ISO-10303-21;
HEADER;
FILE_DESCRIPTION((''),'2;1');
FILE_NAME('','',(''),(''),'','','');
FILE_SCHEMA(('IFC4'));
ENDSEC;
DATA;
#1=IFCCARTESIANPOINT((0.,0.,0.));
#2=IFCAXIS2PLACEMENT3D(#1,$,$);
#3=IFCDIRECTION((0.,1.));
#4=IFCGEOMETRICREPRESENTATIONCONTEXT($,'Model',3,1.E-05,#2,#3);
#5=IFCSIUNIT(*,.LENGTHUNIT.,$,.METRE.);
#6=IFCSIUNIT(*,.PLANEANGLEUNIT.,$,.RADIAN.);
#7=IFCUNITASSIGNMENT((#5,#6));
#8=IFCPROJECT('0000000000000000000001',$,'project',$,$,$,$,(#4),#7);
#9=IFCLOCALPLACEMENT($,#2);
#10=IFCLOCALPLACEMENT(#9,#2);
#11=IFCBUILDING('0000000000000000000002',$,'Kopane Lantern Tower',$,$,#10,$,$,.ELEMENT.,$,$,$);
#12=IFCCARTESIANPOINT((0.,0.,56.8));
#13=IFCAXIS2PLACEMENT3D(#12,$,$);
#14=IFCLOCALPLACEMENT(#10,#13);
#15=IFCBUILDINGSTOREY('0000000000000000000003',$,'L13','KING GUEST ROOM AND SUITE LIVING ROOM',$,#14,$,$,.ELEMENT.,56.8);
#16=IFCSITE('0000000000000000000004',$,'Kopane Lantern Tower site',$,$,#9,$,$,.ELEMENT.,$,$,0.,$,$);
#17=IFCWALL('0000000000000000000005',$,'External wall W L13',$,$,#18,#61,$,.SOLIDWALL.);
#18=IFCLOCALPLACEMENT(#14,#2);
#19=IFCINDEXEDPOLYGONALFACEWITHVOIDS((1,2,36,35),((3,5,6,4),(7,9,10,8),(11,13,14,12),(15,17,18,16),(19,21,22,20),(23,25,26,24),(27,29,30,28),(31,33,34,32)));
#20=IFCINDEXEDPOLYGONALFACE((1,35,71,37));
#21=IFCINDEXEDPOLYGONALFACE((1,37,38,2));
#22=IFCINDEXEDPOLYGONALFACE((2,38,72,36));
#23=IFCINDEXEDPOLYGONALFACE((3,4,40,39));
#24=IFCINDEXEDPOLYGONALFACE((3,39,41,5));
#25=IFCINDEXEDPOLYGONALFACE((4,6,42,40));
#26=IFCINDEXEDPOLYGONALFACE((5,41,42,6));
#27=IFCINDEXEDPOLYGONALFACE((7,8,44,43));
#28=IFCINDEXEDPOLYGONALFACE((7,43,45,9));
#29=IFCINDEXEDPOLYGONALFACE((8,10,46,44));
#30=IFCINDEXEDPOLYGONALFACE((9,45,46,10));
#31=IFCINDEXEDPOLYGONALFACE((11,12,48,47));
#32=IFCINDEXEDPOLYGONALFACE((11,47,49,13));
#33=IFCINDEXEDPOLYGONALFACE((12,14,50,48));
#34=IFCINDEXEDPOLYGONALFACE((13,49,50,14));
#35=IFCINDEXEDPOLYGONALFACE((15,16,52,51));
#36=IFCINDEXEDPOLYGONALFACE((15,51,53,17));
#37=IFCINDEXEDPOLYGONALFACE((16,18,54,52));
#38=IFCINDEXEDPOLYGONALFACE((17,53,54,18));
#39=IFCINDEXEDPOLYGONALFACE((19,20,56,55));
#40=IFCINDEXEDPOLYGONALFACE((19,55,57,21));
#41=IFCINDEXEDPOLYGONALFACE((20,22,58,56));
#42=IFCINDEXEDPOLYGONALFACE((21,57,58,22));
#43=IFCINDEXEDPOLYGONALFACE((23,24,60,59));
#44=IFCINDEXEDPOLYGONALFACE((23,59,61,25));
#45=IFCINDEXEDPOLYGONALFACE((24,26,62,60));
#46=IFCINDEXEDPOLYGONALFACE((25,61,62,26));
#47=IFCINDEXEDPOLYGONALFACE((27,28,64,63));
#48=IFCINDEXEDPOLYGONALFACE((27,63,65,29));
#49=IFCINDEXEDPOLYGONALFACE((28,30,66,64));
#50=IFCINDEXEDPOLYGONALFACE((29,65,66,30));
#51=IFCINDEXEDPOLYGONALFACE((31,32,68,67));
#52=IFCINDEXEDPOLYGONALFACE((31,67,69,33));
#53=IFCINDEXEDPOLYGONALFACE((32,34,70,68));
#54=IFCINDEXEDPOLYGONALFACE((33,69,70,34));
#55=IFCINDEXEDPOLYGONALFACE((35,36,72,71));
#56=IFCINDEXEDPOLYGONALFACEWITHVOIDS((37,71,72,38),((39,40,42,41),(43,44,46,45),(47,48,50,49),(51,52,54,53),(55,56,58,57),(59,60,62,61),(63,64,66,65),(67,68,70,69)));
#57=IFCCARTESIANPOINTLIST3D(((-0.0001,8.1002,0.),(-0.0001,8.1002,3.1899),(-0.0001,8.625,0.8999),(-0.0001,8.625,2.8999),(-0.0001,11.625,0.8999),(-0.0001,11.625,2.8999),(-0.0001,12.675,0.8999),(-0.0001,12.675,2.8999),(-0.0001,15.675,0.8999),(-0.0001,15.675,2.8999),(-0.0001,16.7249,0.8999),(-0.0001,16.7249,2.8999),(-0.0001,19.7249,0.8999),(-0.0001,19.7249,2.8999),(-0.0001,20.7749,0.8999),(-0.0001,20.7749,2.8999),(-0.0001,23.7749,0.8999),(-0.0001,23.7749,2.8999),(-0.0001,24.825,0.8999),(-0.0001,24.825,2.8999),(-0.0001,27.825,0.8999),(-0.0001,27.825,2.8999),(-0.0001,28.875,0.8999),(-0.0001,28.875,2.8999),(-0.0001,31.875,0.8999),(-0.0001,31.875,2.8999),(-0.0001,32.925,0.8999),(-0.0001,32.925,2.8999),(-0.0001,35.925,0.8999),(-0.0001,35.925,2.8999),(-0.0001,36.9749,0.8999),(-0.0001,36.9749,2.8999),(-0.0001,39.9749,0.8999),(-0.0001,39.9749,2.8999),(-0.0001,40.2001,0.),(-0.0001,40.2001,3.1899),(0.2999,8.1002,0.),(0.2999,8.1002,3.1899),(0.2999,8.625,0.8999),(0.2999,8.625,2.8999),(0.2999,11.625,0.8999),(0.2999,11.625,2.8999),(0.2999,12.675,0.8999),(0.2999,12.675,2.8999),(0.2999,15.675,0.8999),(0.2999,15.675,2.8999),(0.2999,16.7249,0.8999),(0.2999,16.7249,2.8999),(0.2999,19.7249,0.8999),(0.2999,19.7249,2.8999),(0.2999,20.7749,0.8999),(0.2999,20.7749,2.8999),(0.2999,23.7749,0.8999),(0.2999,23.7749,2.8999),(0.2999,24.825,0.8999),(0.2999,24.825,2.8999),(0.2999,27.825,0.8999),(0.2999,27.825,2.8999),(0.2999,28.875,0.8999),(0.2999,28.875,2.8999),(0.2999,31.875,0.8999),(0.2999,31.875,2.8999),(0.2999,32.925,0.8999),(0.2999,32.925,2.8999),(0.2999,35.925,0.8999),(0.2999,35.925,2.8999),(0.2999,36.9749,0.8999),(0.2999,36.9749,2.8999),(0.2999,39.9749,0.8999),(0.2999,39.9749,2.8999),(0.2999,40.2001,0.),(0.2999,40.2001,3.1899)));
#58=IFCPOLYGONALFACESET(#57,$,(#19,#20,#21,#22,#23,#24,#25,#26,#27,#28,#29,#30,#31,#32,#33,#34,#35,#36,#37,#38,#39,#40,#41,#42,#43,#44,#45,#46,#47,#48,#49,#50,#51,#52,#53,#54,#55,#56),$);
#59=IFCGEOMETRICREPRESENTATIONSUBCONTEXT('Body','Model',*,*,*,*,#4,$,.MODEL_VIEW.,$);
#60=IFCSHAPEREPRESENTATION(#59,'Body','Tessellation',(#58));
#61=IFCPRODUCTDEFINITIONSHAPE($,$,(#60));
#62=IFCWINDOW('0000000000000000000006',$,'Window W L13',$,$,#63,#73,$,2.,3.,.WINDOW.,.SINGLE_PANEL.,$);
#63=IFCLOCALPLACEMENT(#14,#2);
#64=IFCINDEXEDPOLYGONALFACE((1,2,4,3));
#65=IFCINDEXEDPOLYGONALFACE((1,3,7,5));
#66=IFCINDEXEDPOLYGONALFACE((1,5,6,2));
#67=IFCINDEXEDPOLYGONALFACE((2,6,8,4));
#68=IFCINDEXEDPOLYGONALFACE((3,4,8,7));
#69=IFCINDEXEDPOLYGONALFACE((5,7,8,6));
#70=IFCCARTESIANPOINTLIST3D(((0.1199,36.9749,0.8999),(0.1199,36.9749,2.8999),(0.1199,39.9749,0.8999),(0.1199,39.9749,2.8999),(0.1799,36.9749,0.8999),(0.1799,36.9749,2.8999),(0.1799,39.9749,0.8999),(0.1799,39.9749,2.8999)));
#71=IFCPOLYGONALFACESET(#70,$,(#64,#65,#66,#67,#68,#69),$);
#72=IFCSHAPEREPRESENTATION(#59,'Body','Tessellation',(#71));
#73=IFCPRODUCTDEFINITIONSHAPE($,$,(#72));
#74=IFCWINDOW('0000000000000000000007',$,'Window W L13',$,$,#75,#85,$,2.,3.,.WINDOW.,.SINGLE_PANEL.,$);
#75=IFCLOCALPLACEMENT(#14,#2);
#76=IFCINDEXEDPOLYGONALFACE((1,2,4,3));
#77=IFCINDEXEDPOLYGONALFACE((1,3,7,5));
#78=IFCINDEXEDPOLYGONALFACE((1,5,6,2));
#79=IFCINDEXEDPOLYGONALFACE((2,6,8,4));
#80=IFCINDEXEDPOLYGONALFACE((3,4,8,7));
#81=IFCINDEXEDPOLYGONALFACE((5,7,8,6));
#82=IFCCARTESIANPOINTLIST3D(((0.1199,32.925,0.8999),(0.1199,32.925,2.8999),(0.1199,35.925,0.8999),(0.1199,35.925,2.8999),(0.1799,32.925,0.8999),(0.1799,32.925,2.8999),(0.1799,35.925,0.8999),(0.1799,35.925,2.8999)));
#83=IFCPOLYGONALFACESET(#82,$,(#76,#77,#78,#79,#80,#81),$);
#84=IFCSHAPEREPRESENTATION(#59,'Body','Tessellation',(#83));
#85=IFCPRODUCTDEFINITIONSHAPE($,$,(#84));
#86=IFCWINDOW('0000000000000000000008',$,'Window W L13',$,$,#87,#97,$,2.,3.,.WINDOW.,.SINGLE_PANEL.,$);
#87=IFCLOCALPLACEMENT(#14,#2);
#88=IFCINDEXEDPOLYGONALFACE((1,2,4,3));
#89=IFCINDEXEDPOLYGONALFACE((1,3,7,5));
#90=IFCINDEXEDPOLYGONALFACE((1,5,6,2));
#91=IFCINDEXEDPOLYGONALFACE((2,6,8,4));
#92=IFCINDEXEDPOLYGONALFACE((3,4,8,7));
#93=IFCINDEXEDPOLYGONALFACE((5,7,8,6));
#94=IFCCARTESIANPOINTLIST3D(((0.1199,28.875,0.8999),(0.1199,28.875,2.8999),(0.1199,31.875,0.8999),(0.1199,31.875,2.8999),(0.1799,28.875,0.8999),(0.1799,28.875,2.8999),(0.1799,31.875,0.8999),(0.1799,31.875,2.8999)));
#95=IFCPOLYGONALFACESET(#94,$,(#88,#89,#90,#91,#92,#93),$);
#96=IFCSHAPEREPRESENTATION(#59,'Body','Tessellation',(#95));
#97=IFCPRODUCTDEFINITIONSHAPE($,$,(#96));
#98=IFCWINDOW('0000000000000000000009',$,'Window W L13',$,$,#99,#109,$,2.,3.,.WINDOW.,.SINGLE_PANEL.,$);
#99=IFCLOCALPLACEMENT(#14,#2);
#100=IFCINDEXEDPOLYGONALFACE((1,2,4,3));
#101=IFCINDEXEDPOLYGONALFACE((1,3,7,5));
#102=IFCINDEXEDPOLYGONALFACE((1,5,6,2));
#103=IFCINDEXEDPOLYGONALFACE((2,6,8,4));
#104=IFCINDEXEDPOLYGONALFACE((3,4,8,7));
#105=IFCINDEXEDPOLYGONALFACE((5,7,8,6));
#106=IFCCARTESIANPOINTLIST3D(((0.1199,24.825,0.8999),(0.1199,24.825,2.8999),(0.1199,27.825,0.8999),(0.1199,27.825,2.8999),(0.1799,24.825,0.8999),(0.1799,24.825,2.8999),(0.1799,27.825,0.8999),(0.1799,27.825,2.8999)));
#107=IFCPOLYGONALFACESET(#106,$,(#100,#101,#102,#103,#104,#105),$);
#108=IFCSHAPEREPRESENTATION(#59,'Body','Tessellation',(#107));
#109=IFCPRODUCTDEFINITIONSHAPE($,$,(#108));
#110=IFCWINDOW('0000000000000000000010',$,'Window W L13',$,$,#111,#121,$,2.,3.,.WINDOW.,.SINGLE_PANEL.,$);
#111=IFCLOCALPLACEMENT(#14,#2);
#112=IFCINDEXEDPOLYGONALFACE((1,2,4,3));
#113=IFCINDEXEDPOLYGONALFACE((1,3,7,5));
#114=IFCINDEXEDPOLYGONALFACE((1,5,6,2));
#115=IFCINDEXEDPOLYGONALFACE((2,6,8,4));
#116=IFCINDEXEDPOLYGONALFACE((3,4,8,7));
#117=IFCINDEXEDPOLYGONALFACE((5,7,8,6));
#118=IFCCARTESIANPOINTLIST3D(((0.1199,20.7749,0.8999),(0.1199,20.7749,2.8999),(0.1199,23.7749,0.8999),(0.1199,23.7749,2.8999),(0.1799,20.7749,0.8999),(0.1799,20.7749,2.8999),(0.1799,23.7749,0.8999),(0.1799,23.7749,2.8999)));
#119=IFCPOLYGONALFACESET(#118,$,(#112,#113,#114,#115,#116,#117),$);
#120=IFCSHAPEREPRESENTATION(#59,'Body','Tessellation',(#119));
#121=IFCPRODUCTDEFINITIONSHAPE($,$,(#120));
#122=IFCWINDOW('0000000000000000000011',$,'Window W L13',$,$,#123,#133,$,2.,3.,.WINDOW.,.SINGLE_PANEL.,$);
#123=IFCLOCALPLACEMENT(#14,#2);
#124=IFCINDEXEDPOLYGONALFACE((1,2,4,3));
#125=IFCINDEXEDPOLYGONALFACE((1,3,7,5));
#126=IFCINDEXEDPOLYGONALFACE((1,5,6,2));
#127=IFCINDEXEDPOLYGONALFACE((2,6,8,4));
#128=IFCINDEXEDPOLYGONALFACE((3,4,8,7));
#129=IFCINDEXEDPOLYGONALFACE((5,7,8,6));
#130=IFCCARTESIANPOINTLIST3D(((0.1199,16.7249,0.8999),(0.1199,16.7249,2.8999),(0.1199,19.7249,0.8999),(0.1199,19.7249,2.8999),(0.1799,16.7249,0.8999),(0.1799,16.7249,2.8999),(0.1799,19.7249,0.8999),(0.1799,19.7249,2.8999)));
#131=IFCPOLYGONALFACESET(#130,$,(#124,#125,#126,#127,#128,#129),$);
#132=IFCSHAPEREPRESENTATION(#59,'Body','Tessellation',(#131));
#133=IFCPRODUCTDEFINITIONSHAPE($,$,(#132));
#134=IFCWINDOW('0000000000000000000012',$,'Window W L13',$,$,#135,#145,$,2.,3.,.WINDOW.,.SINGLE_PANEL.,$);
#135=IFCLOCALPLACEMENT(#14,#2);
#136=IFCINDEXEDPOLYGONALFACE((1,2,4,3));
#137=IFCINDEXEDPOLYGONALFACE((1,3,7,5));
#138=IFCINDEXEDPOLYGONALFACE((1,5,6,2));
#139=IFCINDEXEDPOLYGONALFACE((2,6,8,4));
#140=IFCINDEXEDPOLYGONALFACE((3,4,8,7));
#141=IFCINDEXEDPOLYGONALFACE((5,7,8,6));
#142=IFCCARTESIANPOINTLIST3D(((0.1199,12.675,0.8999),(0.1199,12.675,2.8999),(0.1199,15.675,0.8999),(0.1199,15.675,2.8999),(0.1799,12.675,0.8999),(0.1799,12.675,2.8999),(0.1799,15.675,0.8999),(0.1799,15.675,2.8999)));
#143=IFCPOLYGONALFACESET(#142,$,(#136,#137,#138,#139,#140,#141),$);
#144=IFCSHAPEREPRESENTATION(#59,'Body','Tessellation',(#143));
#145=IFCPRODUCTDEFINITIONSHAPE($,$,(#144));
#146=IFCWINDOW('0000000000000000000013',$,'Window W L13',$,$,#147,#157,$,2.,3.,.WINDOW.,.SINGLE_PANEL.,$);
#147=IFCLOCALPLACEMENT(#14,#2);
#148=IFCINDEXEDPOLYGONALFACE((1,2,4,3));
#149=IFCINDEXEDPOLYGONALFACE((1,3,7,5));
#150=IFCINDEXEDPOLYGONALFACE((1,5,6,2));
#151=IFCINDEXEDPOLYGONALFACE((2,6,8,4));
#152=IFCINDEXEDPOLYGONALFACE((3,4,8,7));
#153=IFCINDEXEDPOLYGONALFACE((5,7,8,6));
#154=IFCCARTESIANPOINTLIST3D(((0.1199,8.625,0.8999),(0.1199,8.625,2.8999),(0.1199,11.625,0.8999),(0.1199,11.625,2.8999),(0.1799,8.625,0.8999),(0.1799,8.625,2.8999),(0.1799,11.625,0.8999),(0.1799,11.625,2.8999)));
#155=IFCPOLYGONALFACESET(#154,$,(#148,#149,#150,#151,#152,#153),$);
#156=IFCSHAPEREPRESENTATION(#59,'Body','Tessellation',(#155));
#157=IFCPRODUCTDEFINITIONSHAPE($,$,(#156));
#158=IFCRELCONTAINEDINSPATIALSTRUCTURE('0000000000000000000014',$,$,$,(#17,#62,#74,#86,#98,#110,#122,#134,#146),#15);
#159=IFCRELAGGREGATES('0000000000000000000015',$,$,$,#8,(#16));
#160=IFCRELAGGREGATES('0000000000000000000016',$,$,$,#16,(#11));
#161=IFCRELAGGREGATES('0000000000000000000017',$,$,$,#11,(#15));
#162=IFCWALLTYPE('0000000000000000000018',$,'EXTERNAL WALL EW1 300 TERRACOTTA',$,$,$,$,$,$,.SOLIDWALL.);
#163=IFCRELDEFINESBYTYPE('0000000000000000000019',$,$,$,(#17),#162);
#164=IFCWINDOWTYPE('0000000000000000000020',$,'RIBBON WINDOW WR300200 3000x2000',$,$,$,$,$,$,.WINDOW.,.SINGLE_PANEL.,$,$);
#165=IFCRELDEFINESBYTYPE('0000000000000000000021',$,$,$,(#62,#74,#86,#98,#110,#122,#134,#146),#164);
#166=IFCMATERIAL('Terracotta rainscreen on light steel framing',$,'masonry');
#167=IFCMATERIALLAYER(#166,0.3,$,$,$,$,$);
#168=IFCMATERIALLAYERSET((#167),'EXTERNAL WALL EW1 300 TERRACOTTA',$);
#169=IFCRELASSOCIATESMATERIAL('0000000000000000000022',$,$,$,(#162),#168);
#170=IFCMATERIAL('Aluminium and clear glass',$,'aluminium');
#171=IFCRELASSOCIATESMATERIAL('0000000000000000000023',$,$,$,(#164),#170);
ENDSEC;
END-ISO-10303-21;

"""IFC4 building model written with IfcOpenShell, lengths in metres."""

from ifc_helpers import new_model, si_unit, direction, frame, frame_2d, origin, place, context, subcontext, project, spatial, rectangle, extrude, material, layer, layer_set, type_object, element, fill, save


model = new_model("IFC4")

# Units and contexts
model_context = context("Model", 3, precision=1e-05, world=origin(), true_north=direction((0.0, 1.0)))
body_context = subcontext(model_context, "Body", "Model", "MODEL_VIEW")
ifc_project = project(units=[si_unit("LENGTHUNIT", "METRE"), si_unit("PLANEANGLEUNIT", "RADIAN")], contexts=[model_context])

# Site, building, storey
site_placement = place(None, origin())
site = spatial("IfcSite", under=ifc_project, at=site_placement, Name="Kopane Lantern Tower site", CompositionType="ELEMENT", RefElevation=0.0)
building_placement = place(site_placement, origin())
building = spatial("IfcBuilding", under=site, at=building_placement, Name="Kopane Lantern Tower", CompositionType="ELEMENT")
storey_placement = place(building_placement, frame((0.0, 0.0, 56.8)))
storey = spatial("IfcBuildingStorey", under=building, at=storey_placement, Name="L13", Description="KING GUEST ROOM AND SUITE LIVING ROOM", CompositionType="ELEMENT", Elevation=56.8)

# Wall, openings, windows
ifc_material_1 = material(Name="Terracotta rainscreen on light steel framing", Category="masonry")
ifc_layer_1 = layer(ifc_material_1, 0.3)
ifc_layer_set_1 = layer_set([ifc_layer_1], Name="EXTERNAL WALL EW1 300 TERRACOTTA")
wall_type_1 = type_object("IfcWallType", Name="EXTERNAL WALL EW1 300 TERRACOTTA", PredefinedType="SOLIDWALL", material=ifc_layer_set_1)
wall_1_placement = place(storey_placement, frame((0.1499, 40.2, 0.0), z_axis=(0.0, 0.0, 1.0), x_axis=(0.0, -1.0, 0.0)))
wall_1 = element("IfcWall", 1, at=wall_1_placement, inside=storey, type_object=wall_type_1, Name="External wall W L13", PredefinedType="SOLIDWALL", context=body_context, shape_type="SweptSolid", body=[
    extrude(rectangle(XDim=32.0999, YDim=0.3, at=frame_2d((16.0498, 0.0))), origin(), (0.0, 0.0, 1.0), 3.1899),
])
opening_1_placement = place(wall_1_placement, frame((0.2251, 0.0, 0.8999)))
opening_1 = element("IfcOpeningElement", 2, at=opening_1_placement, cuts=wall_1, PredefinedType="OPENING", context=body_context, shape_type="SweptSolid", body=[
    extrude(rectangle(XDim=3.0, YDim=2.0, at=frame_2d((1.5, 1.0))), frame((0.0, 0.1599, 0.0), z_axis=(0.0, -1.0, 0.0), x_axis=(1.0, 0.0, 0.0)), (0.0, 0.0, 1.0), 0.3201),
])
opening_2_placement = place(wall_1_placement, frame((4.2749, 0.0, 0.8999)))
opening_2 = element("IfcOpeningElement", 3, at=opening_2_placement, cuts=wall_1, PredefinedType="OPENING", context=body_context, shape_type="SweptSolid", body=[
    extrude(rectangle(XDim=3.0, YDim=2.0, at=frame_2d((1.5, 1.0))), frame((0.0, 0.1599, 0.0), z_axis=(0.0, -1.0, 0.0), x_axis=(1.0, 0.0, 0.0)), (0.0, 0.0, 1.0), 0.3201),
])
opening_3_placement = place(wall_1_placement, frame((8.325, 0.0, 0.8999)))
opening_3 = element("IfcOpeningElement", 4, at=opening_3_placement, cuts=wall_1, PredefinedType="OPENING", context=body_context, shape_type="SweptSolid", body=[
    extrude(rectangle(XDim=3.0, YDim=2.0, at=frame_2d((1.5, 1.0))), frame((0.0, 0.1599, 0.0), z_axis=(0.0, -1.0, 0.0), x_axis=(1.0, 0.0, 0.0)), (0.0, 0.0, 1.0), 0.3201),
])
opening_4_placement = place(wall_1_placement, frame((12.375, 0.0, 0.8999)))
opening_4 = element("IfcOpeningElement", 5, at=opening_4_placement, cuts=wall_1, PredefinedType="OPENING", context=body_context, shape_type="SweptSolid", body=[
    extrude(rectangle(XDim=3.0, YDim=2.0, at=frame_2d((1.5, 1.0))), frame((0.0, 0.1599, 0.0), z_axis=(0.0, -1.0, 0.0), x_axis=(1.0, 0.0, 0.0)), (0.0, 0.0, 1.0), 0.3201),
])
opening_5_placement = place(wall_1_placement, frame((16.425, 0.0, 0.8999)))
opening_5 = element("IfcOpeningElement", 6, at=opening_5_placement, cuts=wall_1, PredefinedType="OPENING", context=body_context, shape_type="SweptSolid", body=[
    extrude(rectangle(XDim=3.0, YDim=2.0, at=frame_2d((1.5, 1.0))), frame((0.0, 0.1599, 0.0), z_axis=(0.0, -1.0, 0.0), x_axis=(1.0, 0.0, 0.0)), (0.0, 0.0, 1.0), 0.3201),
])
opening_6_placement = place(wall_1_placement, frame((20.4751, 0.0, 0.8999)))
opening_6 = element("IfcOpeningElement", 7, at=opening_6_placement, cuts=wall_1, PredefinedType="OPENING", context=body_context, shape_type="SweptSolid", body=[
    extrude(rectangle(XDim=3.0, YDim=2.0, at=frame_2d((1.5, 1.0))), frame((0.0, 0.1599, 0.0), z_axis=(0.0, -1.0, 0.0), x_axis=(1.0, 0.0, 0.0)), (0.0, 0.0, 1.0), 0.3201),
])
opening_7_placement = place(wall_1_placement, frame((24.5249, 0.0, 0.8999)))
opening_7 = element("IfcOpeningElement", 8, at=opening_7_placement, cuts=wall_1, PredefinedType="OPENING", context=body_context, shape_type="SweptSolid", body=[
    extrude(rectangle(XDim=3.0, YDim=2.0, at=frame_2d((1.5, 1.0))), frame((0.0, 0.1599, 0.0), z_axis=(0.0, -1.0, 0.0), x_axis=(1.0, 0.0, 0.0)), (0.0, 0.0, 1.0), 0.3201),
])
opening_8_placement = place(wall_1_placement, frame((28.575, 0.0, 0.8999)))
opening_8 = element("IfcOpeningElement", 9, at=opening_8_placement, cuts=wall_1, PredefinedType="OPENING", context=body_context, shape_type="SweptSolid", body=[
    extrude(rectangle(XDim=3.0, YDim=2.0, at=frame_2d((1.5, 1.0))), frame((0.0, 0.1599, 0.0), z_axis=(0.0, -1.0, 0.0), x_axis=(1.0, 0.0, 0.0)), (0.0, 0.0, 1.0), 0.3201),
])
ifc_material_2 = material(Name="Aluminium and clear glass", Category="aluminium")
window_type = type_object("IfcWindowType", Name="RIBBON WINDOW WR300200 3000x2000", PartitioningType="SINGLE_PANEL", PredefinedType="WINDOW", material=ifc_material_2)
window_1_placement = place(opening_1_placement, origin())
window_1 = element("IfcWindow", 10, at=window_1_placement, inside=storey, type_object=window_type, Name="Window W L13", OverallHeight=2.0, OverallWidth=3.0, PartitioningType="SINGLE_PANEL", PredefinedType="WINDOW", context=body_context, shape_type="SweptSolid", body=[
    extrude(rectangle(XDim=3.0, YDim=2.0, at=frame_2d((1.5, 1.0))), frame((0.0, 0.03, 0.0), z_axis=(0.0, -1.0, 0.0), x_axis=(1.0, 0.0, 0.0)), (0.0, 0.0, 1.0), 0.0601),
])
fill(opening_1, window_1)
window_2_placement = place(opening_2_placement, origin())
window_2 = element("IfcWindow", 11, at=window_2_placement, inside=storey, type_object=window_type, Name="Window W L13", OverallHeight=2.0, OverallWidth=3.0, PartitioningType="SINGLE_PANEL", PredefinedType="WINDOW", context=body_context, shape_type="SweptSolid", body=[
    extrude(rectangle(XDim=3.0, YDim=2.0, at=frame_2d((1.5, 1.0))), frame((0.0, 0.03, 0.0), z_axis=(0.0, -1.0, 0.0), x_axis=(1.0, 0.0, 0.0)), (0.0, 0.0, 1.0), 0.0601),
])
fill(opening_2, window_2)
window_3_placement = place(opening_3_placement, origin())
window_3 = element("IfcWindow", 12, at=window_3_placement, inside=storey, type_object=window_type, Name="Window W L13", OverallHeight=2.0, OverallWidth=3.0, PartitioningType="SINGLE_PANEL", PredefinedType="WINDOW", context=body_context, shape_type="SweptSolid", body=[
    extrude(rectangle(XDim=3.0, YDim=2.0, at=frame_2d((1.5, 1.0))), frame((0.0, 0.03, 0.0), z_axis=(0.0, -1.0, 0.0), x_axis=(1.0, 0.0, 0.0)), (0.0, 0.0, 1.0), 0.0601),
])
fill(opening_3, window_3)
window_4_placement = place(opening_4_placement, origin())
window_4 = element("IfcWindow", 13, at=window_4_placement, inside=storey, type_object=window_type, Name="Window W L13", OverallHeight=2.0, OverallWidth=3.0, PartitioningType="SINGLE_PANEL", PredefinedType="WINDOW", context=body_context, shape_type="SweptSolid", body=[
    extrude(rectangle(XDim=3.0, YDim=2.0, at=frame_2d((1.5, 1.0))), frame((0.0, 0.03, 0.0), z_axis=(0.0, -1.0, 0.0), x_axis=(1.0, 0.0, 0.0)), (0.0, 0.0, 1.0), 0.0601),
])
fill(opening_4, window_4)
window_5_placement = place(opening_5_placement, origin())
window_5 = element("IfcWindow", 14, at=window_5_placement, inside=storey, type_object=window_type, Name="Window W L13", OverallHeight=2.0, OverallWidth=3.0, PartitioningType="SINGLE_PANEL", PredefinedType="WINDOW", context=body_context, shape_type="SweptSolid", body=[
    extrude(rectangle(XDim=3.0, YDim=2.0, at=frame_2d((1.5, 1.0))), frame((0.0, 0.03, 0.0), z_axis=(0.0, -1.0, 0.0), x_axis=(1.0, 0.0, 0.0)), (0.0, 0.0, 1.0), 0.0601),
])
fill(opening_5, window_5)
window_6_placement = place(opening_6_placement, origin())
window_6 = element("IfcWindow", 15, at=window_6_placement, inside=storey, type_object=window_type, Name="Window W L13", OverallHeight=2.0, OverallWidth=3.0, PartitioningType="SINGLE_PANEL", PredefinedType="WINDOW", context=body_context, shape_type="SweptSolid", body=[
    extrude(rectangle(XDim=3.0, YDim=2.0, at=frame_2d((1.5, 1.0))), frame((0.0, 0.03, 0.0), z_axis=(0.0, -1.0, 0.0), x_axis=(1.0, 0.0, 0.0)), (0.0, 0.0, 1.0), 0.0601),
])
fill(opening_6, window_6)
window_7_placement = place(opening_7_placement, origin())
window_7 = element("IfcWindow", 16, at=window_7_placement, inside=storey, type_object=window_type, Name="Window W L13", OverallHeight=2.0, OverallWidth=3.0, PartitioningType="SINGLE_PANEL", PredefinedType="WINDOW", context=body_context, shape_type="SweptSolid", body=[
    extrude(rectangle(XDim=3.0, YDim=2.0, at=frame_2d((1.5, 1.0))), frame((0.0, 0.03, 0.0), z_axis=(0.0, -1.0, 0.0), x_axis=(1.0, 0.0, 0.0)), (0.0, 0.0, 1.0), 0.0601),
])
fill(opening_7, window_7)
window_8_placement = place(opening_8_placement, origin())
window_8 = element("IfcWindow", 17, at=window_8_placement, inside=storey, type_object=window_type, Name="Window W L13", OverallHeight=2.0, OverallWidth=3.0, PartitioningType="SINGLE_PANEL", PredefinedType="WINDOW", context=body_context, shape_type="SweptSolid", body=[
    extrude(rectangle(XDim=3.0, YDim=2.0, at=frame_2d((1.5, 1.0))), frame((0.0, 0.03, 0.0), z_axis=(0.0, -1.0, 0.0), x_axis=(1.0, 0.0, 0.0)), (0.0, 0.0, 1.0), 0.0601),
])
fill(opening_8, window_8)

save(model, "model.ifc")
